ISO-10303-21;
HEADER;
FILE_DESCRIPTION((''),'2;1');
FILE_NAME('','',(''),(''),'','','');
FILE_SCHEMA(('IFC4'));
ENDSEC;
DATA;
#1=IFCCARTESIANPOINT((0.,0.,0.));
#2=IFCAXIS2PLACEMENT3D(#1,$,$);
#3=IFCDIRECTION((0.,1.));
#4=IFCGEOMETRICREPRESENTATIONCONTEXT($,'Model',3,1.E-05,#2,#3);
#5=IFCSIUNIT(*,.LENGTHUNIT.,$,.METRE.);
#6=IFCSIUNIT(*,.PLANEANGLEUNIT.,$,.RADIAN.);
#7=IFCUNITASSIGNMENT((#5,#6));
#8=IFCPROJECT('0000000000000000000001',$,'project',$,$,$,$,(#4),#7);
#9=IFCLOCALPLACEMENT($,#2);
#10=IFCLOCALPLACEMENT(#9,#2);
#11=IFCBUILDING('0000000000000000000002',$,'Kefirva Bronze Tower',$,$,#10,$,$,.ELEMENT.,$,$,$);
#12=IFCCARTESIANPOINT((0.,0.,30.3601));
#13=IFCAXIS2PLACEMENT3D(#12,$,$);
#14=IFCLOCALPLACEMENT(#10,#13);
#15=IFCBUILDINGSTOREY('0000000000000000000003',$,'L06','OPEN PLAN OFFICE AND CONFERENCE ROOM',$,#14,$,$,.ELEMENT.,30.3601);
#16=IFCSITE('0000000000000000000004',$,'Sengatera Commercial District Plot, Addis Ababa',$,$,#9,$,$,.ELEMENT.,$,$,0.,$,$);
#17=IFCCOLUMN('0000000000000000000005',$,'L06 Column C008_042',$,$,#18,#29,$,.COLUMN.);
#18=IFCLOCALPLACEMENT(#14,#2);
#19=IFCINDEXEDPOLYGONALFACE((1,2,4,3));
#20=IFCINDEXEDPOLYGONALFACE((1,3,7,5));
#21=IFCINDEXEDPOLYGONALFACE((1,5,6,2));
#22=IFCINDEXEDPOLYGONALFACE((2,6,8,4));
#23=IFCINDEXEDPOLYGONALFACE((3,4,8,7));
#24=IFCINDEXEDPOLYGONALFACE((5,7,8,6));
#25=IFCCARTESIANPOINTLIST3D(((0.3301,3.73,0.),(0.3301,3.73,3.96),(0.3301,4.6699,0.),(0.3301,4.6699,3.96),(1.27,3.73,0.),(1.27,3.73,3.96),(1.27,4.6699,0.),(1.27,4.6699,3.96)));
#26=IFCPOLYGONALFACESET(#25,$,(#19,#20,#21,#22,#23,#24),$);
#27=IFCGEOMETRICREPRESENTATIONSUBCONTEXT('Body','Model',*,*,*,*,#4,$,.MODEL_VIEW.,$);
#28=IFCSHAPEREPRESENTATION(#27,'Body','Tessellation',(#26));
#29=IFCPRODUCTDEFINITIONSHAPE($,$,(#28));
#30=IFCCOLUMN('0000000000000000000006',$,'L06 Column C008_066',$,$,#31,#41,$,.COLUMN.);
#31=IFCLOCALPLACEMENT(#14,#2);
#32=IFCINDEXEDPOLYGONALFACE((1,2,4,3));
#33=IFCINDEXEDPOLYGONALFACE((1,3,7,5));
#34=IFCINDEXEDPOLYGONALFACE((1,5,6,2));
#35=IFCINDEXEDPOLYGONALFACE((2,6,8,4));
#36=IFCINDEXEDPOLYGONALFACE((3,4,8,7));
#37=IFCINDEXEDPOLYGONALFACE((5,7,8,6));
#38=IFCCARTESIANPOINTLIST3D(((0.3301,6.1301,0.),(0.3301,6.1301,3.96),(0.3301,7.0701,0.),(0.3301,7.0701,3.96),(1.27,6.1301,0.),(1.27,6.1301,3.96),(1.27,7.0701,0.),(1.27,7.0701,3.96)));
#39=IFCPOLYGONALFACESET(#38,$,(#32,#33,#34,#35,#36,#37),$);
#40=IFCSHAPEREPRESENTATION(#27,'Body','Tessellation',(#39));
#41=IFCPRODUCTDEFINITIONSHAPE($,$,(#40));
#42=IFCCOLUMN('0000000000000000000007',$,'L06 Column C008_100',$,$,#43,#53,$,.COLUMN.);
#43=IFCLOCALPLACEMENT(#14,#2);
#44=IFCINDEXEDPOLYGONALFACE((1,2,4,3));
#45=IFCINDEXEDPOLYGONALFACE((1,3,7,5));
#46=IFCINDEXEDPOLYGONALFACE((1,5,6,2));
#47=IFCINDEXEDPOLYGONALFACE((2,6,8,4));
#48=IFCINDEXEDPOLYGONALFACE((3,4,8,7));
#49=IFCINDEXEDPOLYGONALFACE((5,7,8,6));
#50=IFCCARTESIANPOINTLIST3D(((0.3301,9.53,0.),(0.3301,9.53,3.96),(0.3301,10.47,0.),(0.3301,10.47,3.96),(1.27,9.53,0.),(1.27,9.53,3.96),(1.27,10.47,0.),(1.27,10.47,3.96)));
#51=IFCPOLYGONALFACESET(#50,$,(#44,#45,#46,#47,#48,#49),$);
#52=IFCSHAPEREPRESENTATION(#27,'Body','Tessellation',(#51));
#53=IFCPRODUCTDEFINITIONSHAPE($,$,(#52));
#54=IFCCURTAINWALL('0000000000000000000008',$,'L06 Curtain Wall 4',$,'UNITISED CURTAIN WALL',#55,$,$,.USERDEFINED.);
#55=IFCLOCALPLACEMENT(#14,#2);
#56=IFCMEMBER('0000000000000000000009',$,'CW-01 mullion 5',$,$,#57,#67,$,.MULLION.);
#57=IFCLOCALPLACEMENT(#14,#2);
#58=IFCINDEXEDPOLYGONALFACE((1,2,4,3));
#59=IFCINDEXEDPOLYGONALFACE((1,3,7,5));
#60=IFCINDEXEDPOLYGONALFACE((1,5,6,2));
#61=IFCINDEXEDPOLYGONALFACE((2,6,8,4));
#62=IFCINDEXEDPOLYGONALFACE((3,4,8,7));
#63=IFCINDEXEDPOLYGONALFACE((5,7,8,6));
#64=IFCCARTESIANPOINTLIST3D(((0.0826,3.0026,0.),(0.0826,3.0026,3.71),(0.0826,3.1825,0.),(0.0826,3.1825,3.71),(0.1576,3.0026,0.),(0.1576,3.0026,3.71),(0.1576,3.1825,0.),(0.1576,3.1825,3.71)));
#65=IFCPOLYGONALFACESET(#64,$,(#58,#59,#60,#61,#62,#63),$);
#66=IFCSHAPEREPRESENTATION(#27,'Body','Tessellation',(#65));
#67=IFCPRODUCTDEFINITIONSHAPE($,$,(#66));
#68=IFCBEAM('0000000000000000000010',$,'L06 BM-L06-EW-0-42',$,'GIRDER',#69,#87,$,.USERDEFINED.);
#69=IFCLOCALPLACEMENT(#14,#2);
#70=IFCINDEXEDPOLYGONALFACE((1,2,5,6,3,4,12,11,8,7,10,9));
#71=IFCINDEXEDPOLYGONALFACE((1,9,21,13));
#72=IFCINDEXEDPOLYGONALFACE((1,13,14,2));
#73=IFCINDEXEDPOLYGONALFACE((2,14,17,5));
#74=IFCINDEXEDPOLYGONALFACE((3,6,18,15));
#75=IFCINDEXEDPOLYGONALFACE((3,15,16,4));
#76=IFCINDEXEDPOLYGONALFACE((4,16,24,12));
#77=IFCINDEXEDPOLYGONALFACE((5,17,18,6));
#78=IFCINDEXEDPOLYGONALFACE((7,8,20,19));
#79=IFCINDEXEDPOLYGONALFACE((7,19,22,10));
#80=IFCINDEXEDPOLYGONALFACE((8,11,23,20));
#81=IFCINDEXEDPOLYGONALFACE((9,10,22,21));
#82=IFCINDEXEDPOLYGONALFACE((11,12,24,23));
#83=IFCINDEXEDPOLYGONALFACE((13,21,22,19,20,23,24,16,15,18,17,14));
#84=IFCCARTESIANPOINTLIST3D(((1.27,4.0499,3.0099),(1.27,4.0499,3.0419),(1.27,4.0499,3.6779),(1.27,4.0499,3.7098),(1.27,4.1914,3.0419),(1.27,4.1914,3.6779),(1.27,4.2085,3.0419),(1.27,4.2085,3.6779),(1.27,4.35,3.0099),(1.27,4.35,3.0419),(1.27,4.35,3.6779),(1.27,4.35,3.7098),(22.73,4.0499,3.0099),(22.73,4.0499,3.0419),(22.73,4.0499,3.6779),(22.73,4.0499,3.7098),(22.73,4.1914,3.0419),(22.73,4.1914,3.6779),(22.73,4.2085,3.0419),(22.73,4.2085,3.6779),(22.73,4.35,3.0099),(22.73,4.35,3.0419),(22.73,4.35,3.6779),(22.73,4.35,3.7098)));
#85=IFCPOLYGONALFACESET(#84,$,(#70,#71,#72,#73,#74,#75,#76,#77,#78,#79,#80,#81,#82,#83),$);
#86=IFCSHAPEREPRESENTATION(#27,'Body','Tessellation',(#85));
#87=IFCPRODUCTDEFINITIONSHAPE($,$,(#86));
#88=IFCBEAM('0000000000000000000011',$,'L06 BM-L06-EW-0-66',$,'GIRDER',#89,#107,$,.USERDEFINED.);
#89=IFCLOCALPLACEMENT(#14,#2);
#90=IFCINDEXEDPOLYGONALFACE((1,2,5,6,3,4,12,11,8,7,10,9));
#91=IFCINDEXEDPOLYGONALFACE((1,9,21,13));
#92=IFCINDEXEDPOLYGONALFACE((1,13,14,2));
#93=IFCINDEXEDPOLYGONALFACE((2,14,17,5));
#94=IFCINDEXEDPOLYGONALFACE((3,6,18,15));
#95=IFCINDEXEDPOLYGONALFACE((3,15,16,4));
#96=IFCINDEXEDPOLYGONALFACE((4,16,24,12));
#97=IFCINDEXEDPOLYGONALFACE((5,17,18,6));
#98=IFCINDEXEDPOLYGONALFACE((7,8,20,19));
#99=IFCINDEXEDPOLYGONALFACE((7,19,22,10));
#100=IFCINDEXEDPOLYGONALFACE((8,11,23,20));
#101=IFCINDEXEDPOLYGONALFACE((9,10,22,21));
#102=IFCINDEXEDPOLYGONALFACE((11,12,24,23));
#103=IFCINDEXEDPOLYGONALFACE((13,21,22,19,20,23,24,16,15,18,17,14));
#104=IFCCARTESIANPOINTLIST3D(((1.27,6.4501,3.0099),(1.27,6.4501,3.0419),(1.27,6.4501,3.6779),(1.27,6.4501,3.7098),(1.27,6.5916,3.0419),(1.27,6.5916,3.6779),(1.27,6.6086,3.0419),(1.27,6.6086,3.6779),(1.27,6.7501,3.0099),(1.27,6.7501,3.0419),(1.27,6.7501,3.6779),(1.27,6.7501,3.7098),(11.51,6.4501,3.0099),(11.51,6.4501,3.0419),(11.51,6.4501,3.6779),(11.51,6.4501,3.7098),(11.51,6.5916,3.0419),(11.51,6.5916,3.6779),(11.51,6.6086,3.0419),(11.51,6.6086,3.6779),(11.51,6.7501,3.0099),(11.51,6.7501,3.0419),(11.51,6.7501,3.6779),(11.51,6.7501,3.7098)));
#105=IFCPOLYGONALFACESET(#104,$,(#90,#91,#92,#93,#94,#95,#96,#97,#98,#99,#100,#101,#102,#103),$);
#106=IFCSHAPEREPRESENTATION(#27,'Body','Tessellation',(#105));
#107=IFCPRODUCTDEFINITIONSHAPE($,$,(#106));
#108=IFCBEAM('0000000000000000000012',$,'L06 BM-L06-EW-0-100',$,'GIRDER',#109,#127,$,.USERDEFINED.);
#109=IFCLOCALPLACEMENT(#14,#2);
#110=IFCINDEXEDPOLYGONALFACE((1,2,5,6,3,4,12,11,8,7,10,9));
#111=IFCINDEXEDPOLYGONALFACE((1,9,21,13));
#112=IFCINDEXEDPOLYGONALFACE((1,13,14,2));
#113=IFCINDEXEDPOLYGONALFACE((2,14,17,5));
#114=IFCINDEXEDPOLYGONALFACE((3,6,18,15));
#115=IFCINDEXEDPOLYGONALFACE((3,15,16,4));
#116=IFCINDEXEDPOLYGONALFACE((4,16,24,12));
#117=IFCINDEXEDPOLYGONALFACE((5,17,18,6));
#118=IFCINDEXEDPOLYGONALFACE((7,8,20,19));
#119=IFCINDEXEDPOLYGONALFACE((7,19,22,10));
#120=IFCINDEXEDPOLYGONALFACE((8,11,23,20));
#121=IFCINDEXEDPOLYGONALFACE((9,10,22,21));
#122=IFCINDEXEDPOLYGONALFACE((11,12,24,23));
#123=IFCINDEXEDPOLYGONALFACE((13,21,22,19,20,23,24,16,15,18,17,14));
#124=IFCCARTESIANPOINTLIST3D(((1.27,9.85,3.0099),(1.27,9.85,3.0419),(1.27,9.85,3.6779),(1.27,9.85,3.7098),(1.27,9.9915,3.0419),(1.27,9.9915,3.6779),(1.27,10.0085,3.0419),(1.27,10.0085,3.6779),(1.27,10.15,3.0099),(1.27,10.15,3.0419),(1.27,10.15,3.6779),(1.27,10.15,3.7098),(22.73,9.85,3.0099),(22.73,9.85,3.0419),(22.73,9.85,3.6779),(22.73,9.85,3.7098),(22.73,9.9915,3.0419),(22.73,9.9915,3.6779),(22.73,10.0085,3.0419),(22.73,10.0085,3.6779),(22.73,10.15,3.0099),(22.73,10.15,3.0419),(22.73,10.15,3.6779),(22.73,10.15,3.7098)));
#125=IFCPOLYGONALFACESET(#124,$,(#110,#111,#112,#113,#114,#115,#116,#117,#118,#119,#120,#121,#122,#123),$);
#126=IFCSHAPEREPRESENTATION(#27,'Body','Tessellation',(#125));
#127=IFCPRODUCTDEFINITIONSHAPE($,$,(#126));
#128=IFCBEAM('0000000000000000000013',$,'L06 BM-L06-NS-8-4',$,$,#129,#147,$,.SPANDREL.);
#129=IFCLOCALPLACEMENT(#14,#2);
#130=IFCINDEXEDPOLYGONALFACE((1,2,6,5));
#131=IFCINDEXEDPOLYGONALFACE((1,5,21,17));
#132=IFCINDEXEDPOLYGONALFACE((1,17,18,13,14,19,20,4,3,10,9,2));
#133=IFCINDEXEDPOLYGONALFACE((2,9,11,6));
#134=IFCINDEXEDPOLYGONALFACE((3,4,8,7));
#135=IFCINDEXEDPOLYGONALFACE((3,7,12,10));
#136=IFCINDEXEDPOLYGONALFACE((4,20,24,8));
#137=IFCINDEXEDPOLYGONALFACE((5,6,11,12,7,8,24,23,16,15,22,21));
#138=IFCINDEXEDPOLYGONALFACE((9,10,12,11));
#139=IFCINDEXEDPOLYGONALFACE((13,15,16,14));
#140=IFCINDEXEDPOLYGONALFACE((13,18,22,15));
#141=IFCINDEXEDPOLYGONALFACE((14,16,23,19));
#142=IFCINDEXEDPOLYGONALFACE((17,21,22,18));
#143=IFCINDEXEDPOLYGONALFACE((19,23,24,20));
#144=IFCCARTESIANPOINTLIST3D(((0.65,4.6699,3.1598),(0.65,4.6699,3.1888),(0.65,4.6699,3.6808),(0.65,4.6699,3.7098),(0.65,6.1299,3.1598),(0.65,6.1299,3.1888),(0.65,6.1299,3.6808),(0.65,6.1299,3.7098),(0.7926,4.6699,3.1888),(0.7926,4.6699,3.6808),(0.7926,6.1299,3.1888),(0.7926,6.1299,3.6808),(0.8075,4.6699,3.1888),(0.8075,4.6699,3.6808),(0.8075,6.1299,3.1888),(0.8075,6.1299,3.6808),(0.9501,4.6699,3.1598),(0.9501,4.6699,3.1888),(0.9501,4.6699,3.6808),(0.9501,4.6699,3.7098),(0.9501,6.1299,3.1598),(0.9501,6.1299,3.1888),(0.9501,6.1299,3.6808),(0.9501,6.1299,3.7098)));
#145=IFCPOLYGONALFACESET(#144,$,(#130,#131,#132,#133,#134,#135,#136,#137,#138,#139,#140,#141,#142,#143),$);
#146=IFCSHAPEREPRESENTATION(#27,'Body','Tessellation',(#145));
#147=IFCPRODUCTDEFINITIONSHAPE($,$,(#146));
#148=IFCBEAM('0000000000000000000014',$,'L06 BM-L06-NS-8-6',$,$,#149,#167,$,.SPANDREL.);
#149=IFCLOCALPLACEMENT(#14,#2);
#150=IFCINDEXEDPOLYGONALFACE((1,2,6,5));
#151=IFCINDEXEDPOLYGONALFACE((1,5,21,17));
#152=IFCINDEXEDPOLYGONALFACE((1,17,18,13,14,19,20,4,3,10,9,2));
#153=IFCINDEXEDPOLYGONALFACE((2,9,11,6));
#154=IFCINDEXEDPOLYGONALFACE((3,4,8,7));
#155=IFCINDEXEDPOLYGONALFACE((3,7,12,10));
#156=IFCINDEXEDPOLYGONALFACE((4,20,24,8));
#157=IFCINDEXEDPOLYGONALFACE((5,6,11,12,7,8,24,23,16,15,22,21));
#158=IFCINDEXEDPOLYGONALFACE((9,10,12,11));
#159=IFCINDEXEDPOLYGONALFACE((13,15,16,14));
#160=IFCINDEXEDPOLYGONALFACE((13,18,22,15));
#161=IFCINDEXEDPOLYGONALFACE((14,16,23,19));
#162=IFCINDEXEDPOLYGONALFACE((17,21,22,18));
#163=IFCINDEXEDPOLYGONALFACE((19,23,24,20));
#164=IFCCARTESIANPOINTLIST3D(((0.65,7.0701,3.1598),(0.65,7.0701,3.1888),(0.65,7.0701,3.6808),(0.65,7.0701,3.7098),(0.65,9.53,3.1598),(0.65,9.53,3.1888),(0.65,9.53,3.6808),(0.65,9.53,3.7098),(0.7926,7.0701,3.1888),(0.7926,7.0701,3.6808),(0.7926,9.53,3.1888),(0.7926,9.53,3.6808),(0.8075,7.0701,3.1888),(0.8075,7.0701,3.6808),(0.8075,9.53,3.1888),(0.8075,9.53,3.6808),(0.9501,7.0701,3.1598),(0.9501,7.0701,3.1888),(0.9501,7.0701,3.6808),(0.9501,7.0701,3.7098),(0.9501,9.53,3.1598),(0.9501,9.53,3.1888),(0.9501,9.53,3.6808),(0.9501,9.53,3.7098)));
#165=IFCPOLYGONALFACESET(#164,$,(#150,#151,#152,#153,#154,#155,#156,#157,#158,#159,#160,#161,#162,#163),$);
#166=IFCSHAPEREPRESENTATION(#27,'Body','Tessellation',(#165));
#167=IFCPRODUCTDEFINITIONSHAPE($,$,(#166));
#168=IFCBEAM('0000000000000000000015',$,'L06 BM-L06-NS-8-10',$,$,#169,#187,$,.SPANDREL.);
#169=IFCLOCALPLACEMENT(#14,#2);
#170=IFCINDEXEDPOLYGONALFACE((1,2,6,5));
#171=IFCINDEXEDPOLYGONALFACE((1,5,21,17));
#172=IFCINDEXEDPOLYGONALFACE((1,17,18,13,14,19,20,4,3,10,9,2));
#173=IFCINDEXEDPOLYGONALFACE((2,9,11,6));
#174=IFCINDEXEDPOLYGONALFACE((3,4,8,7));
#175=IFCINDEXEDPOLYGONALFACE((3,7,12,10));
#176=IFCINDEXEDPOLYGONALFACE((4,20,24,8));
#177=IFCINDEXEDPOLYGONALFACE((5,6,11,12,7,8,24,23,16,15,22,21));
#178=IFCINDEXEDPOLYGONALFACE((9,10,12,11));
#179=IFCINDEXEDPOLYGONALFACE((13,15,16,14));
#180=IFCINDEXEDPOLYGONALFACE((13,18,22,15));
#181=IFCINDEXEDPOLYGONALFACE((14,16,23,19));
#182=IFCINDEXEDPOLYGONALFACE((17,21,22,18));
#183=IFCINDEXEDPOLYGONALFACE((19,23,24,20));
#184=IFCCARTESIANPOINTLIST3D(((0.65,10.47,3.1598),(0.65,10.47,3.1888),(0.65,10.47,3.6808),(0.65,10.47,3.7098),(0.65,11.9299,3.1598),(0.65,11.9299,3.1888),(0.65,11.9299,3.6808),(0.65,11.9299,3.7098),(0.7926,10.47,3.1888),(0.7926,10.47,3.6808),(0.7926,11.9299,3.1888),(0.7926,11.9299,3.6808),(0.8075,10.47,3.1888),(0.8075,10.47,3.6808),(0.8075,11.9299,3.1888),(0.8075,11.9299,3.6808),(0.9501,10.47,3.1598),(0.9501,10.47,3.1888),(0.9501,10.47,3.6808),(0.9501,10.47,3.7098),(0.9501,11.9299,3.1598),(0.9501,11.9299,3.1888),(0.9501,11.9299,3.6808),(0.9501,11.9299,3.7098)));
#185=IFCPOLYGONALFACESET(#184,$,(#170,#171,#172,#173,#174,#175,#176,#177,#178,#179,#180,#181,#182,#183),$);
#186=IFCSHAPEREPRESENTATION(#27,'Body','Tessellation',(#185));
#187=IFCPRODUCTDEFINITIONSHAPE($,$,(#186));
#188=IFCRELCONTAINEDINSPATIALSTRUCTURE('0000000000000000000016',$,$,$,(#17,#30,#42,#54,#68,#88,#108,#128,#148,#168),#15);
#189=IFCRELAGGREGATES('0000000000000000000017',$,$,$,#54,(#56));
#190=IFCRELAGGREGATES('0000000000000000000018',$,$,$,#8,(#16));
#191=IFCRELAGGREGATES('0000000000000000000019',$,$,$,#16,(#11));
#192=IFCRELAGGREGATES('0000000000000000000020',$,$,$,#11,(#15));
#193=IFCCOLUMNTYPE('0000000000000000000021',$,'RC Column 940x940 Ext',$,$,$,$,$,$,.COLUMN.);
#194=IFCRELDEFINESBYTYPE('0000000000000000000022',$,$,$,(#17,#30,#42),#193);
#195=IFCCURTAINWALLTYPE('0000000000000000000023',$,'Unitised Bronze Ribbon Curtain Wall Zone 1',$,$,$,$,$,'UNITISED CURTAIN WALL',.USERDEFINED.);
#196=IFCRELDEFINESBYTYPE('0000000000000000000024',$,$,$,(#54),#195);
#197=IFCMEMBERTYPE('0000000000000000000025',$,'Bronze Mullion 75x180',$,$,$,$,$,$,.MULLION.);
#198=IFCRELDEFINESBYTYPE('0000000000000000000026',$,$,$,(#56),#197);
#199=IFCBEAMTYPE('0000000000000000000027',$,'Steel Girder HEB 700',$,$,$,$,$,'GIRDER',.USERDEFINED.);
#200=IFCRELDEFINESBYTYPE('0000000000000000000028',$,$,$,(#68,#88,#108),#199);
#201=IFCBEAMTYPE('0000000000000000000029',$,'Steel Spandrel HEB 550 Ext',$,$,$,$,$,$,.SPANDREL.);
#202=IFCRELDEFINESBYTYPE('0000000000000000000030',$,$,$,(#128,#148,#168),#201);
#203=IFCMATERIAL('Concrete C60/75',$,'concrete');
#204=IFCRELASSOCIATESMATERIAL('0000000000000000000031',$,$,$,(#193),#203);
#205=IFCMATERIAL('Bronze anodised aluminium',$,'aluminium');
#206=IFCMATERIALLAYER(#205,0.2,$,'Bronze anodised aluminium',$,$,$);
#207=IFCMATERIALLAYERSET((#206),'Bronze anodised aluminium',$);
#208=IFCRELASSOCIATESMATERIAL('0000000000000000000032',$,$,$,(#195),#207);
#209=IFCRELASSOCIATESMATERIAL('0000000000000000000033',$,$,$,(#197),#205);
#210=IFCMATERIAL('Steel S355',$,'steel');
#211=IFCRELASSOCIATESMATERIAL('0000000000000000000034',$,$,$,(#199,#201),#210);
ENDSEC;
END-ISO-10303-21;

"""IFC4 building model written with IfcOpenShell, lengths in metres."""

from ifc_helpers import new_model, si_unit, direction, frame, origin, origin_2d, place, context, subcontext, project, spatial, rectangle, i_section, extrude, material, layer, layer_set, material_profile, profile_set, type_object, element, aggregate, save


model = new_model("IFC4")

# Units and contexts
model_context = context("Model", 3, precision=1e-05, world=origin(), true_north=direction((0.0, 1.0)))
body_context = subcontext(model_context, "Body", "Model", "MODEL_VIEW")
ifc_project = project(units=[si_unit("LENGTHUNIT", "METRE"), si_unit("PLANEANGLEUNIT", "RADIAN")], contexts=[model_context])

# Site, building, storey
site_placement = place(None, origin())
site = spatial("IfcSite", under=ifc_project, at=site_placement, Name="Sengatera Commercial District Plot, Addis Ababa", CompositionType="ELEMENT", RefElevation=0.0)
building_placement = place(site_placement, origin())
building = spatial("IfcBuilding", under=site, at=building_placement, Name="Kefirva Bronze Tower", CompositionType="ELEMENT")
storey_placement = place(building_placement, frame((0.0, 0.0, 30.3601)))
storey = spatial("IfcBuildingStorey", under=building, at=storey_placement, Name="L06", Description="OPEN PLAN OFFICE AND CONFERENCE ROOM", CompositionType="ELEMENT", Elevation=30.3601)

# Columns
ifc_material_1 = material(Name="Concrete C60/75", Category="concrete")
ifc_material_profile_1 = material_profile(ifc_material_1, rectangle(XDim=0.9399, YDim=0.9399, at=origin_2d()), Name="RC 940x940")
ifc_profile_set_1 = profile_set([ifc_material_profile_1], Name="Concrete C60/75")
column_type = type_object("IfcColumnType", Name="RC Column 940x940 Ext", PredefinedType="COLUMN", material=ifc_profile_set_1)
for number, where, z_axis, x_axis, name in (
    (1, (0.8, 4.2, 0.0), (0.0, 0.0, 1.0), (1.0, 0.0, 0.0), "L06 Column C008_042"),
    (2, (0.8, 6.6001, 0.0), (0.0, 0.0, 1.0), (1.0, 0.0, 0.0), "L06 Column C008_066"),
    (3, (0.8, 10.0, 0.0), (0.0, 0.0, 1.0), (1.0, 0.0, 0.0), "L06 Column C008_100"),
):
    element("IfcColumn", number, at=place(storey_placement, frame(where, z_axis=z_axis, x_axis=x_axis)), inside=storey, type_object=column_type, Name=name, PredefinedType="COLUMN", context=body_context, shape_type="SweptSolid", body=[
        extrude(rectangle(XDim=0.9399, YDim=0.9399, at=origin_2d()), origin(), (0.0, 0.0, 1.0), 3.96),
    ])

# Curtain wall, member
ifc_material_2 = material(Name="Bronze anodised aluminium", Category="aluminium")
ifc_layer_1 = layer(ifc_material_2, 0.2, Name="Bronze anodised aluminium")
ifc_layer_set_1 = layer_set([ifc_layer_1], Name="Bronze anodised aluminium")
curtain_wall_type = type_object("IfcCurtainWallType", Name="Unitised Bronze Ribbon Curtain Wall Zone 1", ElementType="UNITISED CURTAIN WALL", PredefinedType="USERDEFINED", material=ifc_layer_set_1)
curtain_wall_placement = place(storey_placement, origin())
curtain_wall = element("IfcCurtainWall", 4, at=curtain_wall_placement, inside=storey, type_object=curtain_wall_type, Name="L06 Curtain Wall 4", ObjectType="UNITISED CURTAIN WALL", PredefinedType="USERDEFINED")
ifc_material_profile_2 = material_profile(ifc_material_2, rectangle(XDim=0.075, YDim=0.1799, at=origin_2d()), Name="ALU 75x180")
ifc_profile_set_2 = profile_set([ifc_material_profile_2], Name="Bronze anodised aluminium")
member_type = type_object("IfcMemberType", Name="Bronze Mullion 75x180", PredefinedType="MULLION", material=ifc_profile_set_2)
member_placement = place(storey_placement, frame((0.1201, 3.0925, 0.0), z_axis=(0.0, 0.0, 1.0), x_axis=(1.0, 0.0, 0.0)))
member = element("IfcMember", 5, at=member_placement, type_object=member_type, Name="CW-01 mullion 5", PredefinedType="MULLION", context=body_context, shape_type="SweptSolid", body=[
    extrude(rectangle(XDim=0.075, YDim=0.1799, at=origin_2d()), origin(), (0.0, 0.0, 1.0), 3.71),
])

# Beams
ifc_material_3 = material(Name="Steel S355", Category="steel")
ifc_material_profile_3 = material_profile(ifc_material_3, i_section(OverallWidth=0.3, OverallDepth=0.7, WebThickness=0.0171, FlangeThickness=0.032, at=origin_2d()), Name="HEB 700")
ifc_profile_set_3 = profile_set([ifc_material_profile_3], Name="Steel S355")
beam_type_1 = type_object("IfcBeamType", Name="Steel Girder HEB 700", ElementType="GIRDER", PredefinedType="USERDEFINED", material=ifc_profile_set_3)
beam_1_placement = place(storey_placement, frame((1.27, 4.2, 3.3599), z_axis=(1.0, 0.0, 0.0), x_axis=(0.0, 1.0, 0.0)))
element("IfcBeam", 6, at=beam_1_placement, inside=storey, type_object=beam_type_1, Name="L06 BM-L06-EW-0-42", ObjectType="GIRDER", PredefinedType="USERDEFINED", context=body_context, shape_type="SweptSolid", body=[
    extrude(i_section(OverallWidth=0.3, OverallDepth=0.7, WebThickness=0.0171, FlangeThickness=0.032, at=origin_2d()), origin(), (0.0, 0.0, 1.0), 21.46),
])
beam_2_placement = place(storey_placement, frame((1.27, 6.6001, 3.3599), z_axis=(1.0, 0.0, 0.0), x_axis=(0.0, 1.0, 0.0)))
element("IfcBeam", 7, at=beam_2_placement, inside=storey, type_object=beam_type_1, Name="L06 BM-L06-EW-0-66", ObjectType="GIRDER", PredefinedType="USERDEFINED", context=body_context, shape_type="SweptSolid", body=[
    extrude(i_section(OverallWidth=0.3, OverallDepth=0.7, WebThickness=0.0171, FlangeThickness=0.032, at=origin_2d()), origin(), (0.0, 0.0, 1.0), 10.24),
])
beam_3_placement = place(storey_placement, frame((1.27, 10.0, 3.3599), z_axis=(1.0, 0.0, 0.0), x_axis=(0.0, 1.0, 0.0)))
element("IfcBeam", 8, at=beam_3_placement, inside=storey, type_object=beam_type_1, Name="L06 BM-L06-EW-0-100", ObjectType="GIRDER", PredefinedType="USERDEFINED", context=body_context, shape_type="SweptSolid", body=[
    extrude(i_section(OverallWidth=0.3, OverallDepth=0.7, WebThickness=0.0171, FlangeThickness=0.032, at=origin_2d()), origin(), (0.0, 0.0, 1.0), 21.46),
])
ifc_material_profile_4 = material_profile(ifc_material_3, i_section(OverallWidth=0.3, OverallDepth=0.55, WebThickness=0.0149, FlangeThickness=0.0291, at=origin_2d()), Name="HEB 550")
ifc_profile_set_4 = profile_set([ifc_material_profile_4], Name="Steel S355")
beam_type_2 = type_object("IfcBeamType", Name="Steel Spandrel HEB 550 Ext", PredefinedType="SPANDREL", material=ifc_profile_set_4)
beam_4_placement = place(storey_placement, frame((0.8, 4.6699, 3.4348), z_axis=(0.0, 1.0, 0.0), x_axis=(-1.0, 0.0, 0.0)))
element("IfcBeam", 9, at=beam_4_placement, inside=storey, type_object=beam_type_2, Name="L06 BM-L06-NS-8-4", PredefinedType="SPANDREL", context=body_context, shape_type="SweptSolid", body=[
    extrude(i_section(OverallWidth=0.3, OverallDepth=0.55, WebThickness=0.0149, FlangeThickness=0.0291, at=origin_2d()), origin(), (0.0, 0.0, 1.0), 1.46),
])
beam_5_placement = place(storey_placement, frame((0.8, 7.0701, 3.4348), z_axis=(0.0, 1.0, 0.0), x_axis=(-1.0, 0.0, 0.0)))
element("IfcBeam", 10, at=beam_5_placement, inside=storey, type_object=beam_type_2, Name="L06 BM-L06-NS-8-6", PredefinedType="SPANDREL", context=body_context, shape_type="SweptSolid", body=[
    extrude(i_section(OverallWidth=0.3, OverallDepth=0.55, WebThickness=0.0149, FlangeThickness=0.0291, at=origin_2d()), origin(), (0.0, 0.0, 1.0), 2.46),
])
beam_6_placement = place(storey_placement, frame((0.8, 10.47, 3.4348), z_axis=(0.0, 1.0, 0.0), x_axis=(-1.0, 0.0, 0.0)))
element("IfcBeam", 11, at=beam_6_placement, inside=storey, type_object=beam_type_2, Name="L06 BM-L06-NS-8-10", PredefinedType="SPANDREL", context=body_context, shape_type="SweptSolid", body=[
    extrude(i_section(OverallWidth=0.3, OverallDepth=0.55, WebThickness=0.0149, FlangeThickness=0.0291, at=origin_2d()), origin(), (0.0, 0.0, 1.0), 1.46),
])

aggregate(curtain_wall, [member])

save(model, "model.ifc")
